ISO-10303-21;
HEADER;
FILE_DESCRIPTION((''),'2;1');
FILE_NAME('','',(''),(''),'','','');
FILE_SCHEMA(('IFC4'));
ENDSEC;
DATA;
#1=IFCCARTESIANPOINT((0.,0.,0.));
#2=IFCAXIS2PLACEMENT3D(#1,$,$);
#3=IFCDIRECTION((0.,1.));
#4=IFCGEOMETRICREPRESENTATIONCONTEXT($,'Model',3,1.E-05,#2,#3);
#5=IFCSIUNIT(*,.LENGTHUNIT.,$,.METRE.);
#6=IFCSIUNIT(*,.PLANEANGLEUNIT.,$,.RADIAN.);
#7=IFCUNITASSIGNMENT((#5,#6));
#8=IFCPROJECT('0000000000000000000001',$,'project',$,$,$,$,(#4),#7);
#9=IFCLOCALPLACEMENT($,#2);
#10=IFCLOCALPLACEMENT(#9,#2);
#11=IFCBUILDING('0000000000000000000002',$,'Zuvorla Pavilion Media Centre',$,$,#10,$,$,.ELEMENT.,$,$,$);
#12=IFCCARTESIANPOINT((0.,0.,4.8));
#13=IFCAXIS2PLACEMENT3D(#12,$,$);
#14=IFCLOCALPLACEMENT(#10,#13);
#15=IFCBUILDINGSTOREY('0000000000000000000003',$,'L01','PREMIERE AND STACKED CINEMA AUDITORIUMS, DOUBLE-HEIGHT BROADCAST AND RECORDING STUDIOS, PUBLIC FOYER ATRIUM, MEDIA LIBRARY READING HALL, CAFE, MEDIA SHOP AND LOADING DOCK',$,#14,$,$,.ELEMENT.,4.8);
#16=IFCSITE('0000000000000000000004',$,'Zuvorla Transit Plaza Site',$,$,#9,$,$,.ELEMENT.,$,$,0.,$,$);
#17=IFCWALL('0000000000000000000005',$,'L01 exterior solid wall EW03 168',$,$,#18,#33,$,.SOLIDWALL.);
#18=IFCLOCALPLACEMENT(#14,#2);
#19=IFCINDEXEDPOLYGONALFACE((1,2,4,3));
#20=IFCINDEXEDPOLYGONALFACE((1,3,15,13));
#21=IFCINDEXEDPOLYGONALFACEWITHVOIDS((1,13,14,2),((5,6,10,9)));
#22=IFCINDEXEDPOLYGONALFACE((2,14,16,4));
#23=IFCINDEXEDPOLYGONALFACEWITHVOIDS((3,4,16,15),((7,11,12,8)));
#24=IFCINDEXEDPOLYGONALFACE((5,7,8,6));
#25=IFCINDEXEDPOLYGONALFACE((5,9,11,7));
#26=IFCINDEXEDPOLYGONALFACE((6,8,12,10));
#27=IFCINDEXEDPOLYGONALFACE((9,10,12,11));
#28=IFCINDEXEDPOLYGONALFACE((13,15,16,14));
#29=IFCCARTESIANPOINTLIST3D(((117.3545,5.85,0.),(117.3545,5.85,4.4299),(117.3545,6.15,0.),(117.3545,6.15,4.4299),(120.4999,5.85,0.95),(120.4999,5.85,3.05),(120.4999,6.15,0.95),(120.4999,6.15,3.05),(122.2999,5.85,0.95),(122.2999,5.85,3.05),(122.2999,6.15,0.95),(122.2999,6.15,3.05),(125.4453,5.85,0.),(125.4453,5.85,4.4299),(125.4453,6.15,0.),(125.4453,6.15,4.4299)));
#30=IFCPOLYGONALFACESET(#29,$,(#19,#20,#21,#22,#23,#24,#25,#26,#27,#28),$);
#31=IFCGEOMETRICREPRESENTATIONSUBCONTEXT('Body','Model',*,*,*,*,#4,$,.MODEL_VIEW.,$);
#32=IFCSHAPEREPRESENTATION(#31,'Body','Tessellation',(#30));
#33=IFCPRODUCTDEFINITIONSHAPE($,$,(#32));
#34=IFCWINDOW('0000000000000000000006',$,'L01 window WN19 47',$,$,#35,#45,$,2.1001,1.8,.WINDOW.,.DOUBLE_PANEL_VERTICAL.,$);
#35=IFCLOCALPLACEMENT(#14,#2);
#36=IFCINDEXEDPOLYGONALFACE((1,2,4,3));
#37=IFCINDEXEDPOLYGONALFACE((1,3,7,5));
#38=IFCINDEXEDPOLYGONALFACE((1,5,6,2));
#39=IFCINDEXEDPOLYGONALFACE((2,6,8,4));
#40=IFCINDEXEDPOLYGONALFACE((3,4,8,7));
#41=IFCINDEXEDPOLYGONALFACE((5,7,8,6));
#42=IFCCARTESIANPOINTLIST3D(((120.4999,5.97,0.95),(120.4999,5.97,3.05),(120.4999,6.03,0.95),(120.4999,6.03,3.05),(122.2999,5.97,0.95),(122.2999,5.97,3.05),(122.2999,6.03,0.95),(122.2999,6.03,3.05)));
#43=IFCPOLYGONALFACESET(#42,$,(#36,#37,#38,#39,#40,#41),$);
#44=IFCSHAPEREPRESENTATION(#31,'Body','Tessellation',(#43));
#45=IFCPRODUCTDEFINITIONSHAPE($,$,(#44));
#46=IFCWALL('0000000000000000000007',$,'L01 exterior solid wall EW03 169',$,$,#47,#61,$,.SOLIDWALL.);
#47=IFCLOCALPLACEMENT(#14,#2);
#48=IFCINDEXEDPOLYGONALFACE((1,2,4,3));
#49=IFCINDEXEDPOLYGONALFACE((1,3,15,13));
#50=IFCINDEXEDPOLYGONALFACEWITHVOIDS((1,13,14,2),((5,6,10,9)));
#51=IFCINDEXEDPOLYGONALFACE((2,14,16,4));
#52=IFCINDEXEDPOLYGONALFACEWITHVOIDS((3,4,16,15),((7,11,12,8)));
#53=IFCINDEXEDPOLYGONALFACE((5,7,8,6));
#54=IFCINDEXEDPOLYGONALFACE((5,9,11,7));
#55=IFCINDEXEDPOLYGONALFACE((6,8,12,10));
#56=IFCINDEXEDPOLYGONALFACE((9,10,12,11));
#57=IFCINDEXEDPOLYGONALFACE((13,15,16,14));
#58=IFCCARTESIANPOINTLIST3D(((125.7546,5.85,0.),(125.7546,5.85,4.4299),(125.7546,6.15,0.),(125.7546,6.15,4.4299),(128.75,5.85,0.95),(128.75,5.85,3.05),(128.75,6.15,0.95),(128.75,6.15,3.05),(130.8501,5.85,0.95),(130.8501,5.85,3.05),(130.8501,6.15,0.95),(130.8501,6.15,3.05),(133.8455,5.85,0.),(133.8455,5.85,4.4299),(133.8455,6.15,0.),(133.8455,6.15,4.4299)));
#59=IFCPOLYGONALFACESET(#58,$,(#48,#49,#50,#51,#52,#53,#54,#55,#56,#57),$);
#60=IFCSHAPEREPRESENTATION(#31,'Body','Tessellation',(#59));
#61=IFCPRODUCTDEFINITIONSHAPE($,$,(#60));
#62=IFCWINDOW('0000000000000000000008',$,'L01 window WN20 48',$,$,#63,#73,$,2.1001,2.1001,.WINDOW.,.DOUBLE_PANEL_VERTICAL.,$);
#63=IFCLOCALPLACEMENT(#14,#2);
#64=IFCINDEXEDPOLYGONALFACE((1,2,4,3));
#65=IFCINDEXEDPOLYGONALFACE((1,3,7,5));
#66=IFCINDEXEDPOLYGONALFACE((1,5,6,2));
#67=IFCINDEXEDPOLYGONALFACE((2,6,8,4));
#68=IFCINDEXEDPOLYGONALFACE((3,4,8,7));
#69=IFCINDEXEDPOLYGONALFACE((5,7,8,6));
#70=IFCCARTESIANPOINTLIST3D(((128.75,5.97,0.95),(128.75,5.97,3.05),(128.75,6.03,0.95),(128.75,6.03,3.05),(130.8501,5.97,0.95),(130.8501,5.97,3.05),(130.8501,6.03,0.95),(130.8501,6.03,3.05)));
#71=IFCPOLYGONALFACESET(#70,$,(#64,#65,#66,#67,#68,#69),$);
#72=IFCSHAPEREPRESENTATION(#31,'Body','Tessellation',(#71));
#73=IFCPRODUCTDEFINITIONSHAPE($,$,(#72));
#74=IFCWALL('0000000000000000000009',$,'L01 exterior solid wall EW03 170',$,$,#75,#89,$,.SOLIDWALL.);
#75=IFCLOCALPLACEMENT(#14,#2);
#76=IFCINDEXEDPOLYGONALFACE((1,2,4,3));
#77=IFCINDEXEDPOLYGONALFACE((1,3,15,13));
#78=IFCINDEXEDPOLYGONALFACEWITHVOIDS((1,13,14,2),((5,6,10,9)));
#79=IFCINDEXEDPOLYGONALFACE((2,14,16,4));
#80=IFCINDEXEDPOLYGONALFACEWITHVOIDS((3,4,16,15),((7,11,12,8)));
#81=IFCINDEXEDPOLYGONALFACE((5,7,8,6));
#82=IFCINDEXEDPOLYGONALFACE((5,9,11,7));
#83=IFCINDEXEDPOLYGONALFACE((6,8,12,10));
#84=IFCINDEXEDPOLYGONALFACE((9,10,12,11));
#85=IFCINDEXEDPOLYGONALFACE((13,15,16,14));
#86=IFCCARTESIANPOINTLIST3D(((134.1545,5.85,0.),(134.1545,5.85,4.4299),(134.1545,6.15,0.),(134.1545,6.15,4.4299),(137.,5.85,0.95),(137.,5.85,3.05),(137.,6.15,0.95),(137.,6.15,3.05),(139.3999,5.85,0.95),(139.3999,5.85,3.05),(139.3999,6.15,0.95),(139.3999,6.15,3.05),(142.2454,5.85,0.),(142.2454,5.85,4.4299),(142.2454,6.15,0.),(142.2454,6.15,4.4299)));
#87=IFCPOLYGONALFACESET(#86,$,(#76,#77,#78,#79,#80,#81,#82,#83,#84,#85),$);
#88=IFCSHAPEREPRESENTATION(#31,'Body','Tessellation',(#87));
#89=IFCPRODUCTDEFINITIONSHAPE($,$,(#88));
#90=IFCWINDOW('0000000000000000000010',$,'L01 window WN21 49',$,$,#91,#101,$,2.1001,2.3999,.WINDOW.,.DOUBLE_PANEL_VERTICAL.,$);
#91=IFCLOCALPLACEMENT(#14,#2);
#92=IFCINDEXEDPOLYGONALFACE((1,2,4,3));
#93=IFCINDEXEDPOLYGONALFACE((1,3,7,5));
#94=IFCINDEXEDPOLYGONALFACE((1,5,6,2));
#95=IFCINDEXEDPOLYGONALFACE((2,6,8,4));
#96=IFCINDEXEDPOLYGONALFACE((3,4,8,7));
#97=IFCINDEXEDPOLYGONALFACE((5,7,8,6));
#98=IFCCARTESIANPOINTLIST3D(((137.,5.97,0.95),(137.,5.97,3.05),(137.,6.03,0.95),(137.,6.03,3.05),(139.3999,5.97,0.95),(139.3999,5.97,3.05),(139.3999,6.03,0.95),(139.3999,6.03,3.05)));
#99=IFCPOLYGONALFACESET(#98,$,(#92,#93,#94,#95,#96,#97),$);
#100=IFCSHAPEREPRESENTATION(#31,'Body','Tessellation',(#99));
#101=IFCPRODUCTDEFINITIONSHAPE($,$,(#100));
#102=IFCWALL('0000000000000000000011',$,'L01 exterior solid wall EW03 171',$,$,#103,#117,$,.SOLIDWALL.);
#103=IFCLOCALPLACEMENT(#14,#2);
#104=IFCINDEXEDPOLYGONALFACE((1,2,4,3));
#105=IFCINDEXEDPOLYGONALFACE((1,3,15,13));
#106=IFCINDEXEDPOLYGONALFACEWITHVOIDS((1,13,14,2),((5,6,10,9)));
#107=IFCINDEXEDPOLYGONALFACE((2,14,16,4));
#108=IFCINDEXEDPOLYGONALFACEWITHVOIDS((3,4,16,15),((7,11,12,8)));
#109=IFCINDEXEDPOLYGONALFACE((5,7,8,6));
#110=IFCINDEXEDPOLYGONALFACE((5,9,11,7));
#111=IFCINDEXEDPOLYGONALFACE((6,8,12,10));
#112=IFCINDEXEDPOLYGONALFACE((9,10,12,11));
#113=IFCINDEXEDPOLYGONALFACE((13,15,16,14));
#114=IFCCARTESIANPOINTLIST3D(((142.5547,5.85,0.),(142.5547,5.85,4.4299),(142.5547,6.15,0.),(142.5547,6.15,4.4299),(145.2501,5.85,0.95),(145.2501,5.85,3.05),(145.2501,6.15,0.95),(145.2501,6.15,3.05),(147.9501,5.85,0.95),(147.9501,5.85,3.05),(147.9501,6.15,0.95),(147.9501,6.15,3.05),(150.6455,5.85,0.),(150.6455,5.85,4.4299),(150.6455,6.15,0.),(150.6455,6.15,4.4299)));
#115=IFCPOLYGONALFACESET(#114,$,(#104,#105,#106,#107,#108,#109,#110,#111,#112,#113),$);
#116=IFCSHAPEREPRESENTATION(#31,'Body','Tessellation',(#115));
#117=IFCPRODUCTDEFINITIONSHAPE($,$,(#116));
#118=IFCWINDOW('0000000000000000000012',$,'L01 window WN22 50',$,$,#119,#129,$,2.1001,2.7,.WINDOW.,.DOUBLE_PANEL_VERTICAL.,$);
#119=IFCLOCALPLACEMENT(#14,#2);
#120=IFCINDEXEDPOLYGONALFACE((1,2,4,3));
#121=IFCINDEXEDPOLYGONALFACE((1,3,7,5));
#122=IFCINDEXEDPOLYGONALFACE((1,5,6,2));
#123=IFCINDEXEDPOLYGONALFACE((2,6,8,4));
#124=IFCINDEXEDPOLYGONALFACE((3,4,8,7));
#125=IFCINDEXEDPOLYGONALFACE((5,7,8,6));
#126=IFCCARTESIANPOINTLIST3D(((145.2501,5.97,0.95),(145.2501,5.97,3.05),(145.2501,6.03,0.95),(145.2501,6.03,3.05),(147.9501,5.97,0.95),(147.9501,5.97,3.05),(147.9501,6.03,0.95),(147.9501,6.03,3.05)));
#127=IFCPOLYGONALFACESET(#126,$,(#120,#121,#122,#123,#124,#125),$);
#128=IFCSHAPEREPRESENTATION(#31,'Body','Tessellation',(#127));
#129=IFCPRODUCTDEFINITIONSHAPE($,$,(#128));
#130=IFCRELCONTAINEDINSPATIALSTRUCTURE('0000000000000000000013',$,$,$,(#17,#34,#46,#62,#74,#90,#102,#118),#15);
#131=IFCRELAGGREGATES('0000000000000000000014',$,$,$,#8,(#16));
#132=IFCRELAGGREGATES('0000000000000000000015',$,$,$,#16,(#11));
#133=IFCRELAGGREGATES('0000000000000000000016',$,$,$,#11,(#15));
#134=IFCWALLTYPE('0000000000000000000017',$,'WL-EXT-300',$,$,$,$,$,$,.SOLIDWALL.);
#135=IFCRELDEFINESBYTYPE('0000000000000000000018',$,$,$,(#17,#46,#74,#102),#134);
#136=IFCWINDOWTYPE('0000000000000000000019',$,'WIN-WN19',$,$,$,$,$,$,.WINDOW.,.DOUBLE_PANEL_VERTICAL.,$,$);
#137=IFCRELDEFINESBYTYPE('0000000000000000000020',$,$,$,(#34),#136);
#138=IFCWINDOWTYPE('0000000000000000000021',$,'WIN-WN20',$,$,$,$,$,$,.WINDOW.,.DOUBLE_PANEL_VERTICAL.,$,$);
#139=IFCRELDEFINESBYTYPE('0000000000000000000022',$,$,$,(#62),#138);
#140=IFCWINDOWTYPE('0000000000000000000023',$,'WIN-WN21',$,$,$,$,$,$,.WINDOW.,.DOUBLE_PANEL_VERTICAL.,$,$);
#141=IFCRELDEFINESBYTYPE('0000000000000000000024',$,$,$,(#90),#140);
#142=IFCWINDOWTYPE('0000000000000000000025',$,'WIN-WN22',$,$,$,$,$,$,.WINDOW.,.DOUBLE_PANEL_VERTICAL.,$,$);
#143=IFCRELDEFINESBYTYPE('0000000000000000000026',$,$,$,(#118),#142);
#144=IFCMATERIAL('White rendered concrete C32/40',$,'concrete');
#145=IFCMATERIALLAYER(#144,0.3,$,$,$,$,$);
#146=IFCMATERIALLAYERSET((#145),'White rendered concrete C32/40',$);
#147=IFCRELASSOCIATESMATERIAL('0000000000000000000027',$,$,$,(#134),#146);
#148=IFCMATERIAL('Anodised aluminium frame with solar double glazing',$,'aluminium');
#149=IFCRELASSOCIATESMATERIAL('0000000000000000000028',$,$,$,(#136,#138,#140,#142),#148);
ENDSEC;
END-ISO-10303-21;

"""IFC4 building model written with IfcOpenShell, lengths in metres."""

from ifc_helpers import new_model, si_unit, direction, frame, frame_2d, origin, place, context, subcontext, project, spatial, rectangle, extrude, material, layer, layer_set, type_object, element, fill, save


model = new_model("IFC4")

# Units and contexts
model_context = context("Model", 3, precision=1e-05, world=origin(), true_north=direction((0.0, 1.0)))
body_context = subcontext(model_context, "Body", "Model", "MODEL_VIEW")
ifc_project = project(units=[si_unit("LENGTHUNIT", "METRE"), si_unit("PLANEANGLEUNIT", "RADIAN")], contexts=[model_context])

# Site, building, storey
site_placement = place(None, origin())
site = spatial("IfcSite", under=ifc_project, at=site_placement, Name="Zuvorla Transit Plaza Site", CompositionType="ELEMENT", RefElevation=0.0)
building_placement = place(site_placement, origin())
building = spatial("IfcBuilding", under=site, at=building_placement, Name="Zuvorla Pavilion Media Centre", CompositionType="ELEMENT")
storey_placement = place(building_placement, frame((0.0, 0.0, 4.8)))
storey = spatial("IfcBuildingStorey", under=building, at=storey_placement, Name="L01", Description="PREMIERE AND STACKED CINEMA AUDITORIUMS, DOUBLE-HEIGHT BROADCAST AND RECORDING STUDIOS, PUBLIC FOYER ATRIUM, MEDIA LIBRARY READING HALL, CAFE, MEDIA SHOP AND LOADING DOCK", CompositionType="ELEMENT", Elevation=4.8)

# Walls, openings, windows
ifc_material_1 = material(Name="White rendered concrete C32/40", Category="concrete")
ifc_layer = layer(ifc_material_1, 0.3)
ifc_layer_set = layer_set([ifc_layer], Name="White rendered concrete C32/40")
wall_type = type_object("IfcWallType", Name="WL-EXT-300", PredefinedType="SOLIDWALL", material=ifc_layer_set)
wall_1_placement = place(storey_placement, frame((117.3545, 6.0, 0.0), z_axis=(0.0, 0.0, 1.0), x_axis=(1.0, 0.0, 0.0)))
wall_1 = element("IfcWall", 1, at=wall_1_placement, inside=storey, type_object=wall_type, Name="L01 exterior solid wall EW03 168", PredefinedType="SOLIDWALL", context=body_context, shape_type="SweptSolid", body=[
    extrude(rectangle(XDim=8.0908, YDim=0.3, at=frame_2d((4.0454, 0.0))), origin(), (0.0, 0.0, 1.0), 4.4299),
])
opening_1_placement = place(wall_1_placement, frame((3.1455, 0.0, 0.95)))
opening_1 = element("IfcOpeningElement", 2, at=opening_1_placement, cuts=wall_1, PredefinedType="OPENING", context=body_context, shape_type="SweptSolid", body=[
    extrude(rectangle(XDim=1.8, YDim=2.1001, at=frame_2d((0.8999, 1.05))), frame((0.0, 0.1599, 0.0), z_axis=(0.0, -1.0, 0.0), x_axis=(1.0, 0.0, 0.0)), (0.0, 0.0, 1.0), 0.3201),
])
ifc_material_2 = material(Name="Anodised aluminium frame with solar double glazing", Category="aluminium")
window_type_1 = type_object("IfcWindowType", Name="WIN-WN19", PartitioningType="DOUBLE_PANEL_VERTICAL", PredefinedType="WINDOW", material=ifc_material_2)
window_1_placement = place(opening_1_placement, origin())
window_1 = element("IfcWindow", 3, at=window_1_placement, inside=storey, type_object=window_type_1, Name="L01 window WN19 47", OverallHeight=2.1001, OverallWidth=1.8, PartitioningType="DOUBLE_PANEL_VERTICAL", PredefinedType="WINDOW", context=body_context, shape_type="SweptSolid", body=[
    extrude(rectangle(XDim=1.8, YDim=2.1001, at=frame_2d((0.8999, 1.05))), frame((0.0, 0.03, 0.0), z_axis=(0.0, -1.0, 0.0), x_axis=(1.0, 0.0, 0.0)), (0.0, 0.0, 1.0), 0.0601),
])
fill(opening_1, window_1)
wall_2_placement = place(storey_placement, frame((125.7546, 6.0, 0.0), z_axis=(0.0, 0.0, 1.0), x_axis=(1.0, 0.0, 0.0)))
wall_2 = element("IfcWall", 4, at=wall_2_placement, inside=storey, type_object=wall_type, Name="L01 exterior solid wall EW03 169", PredefinedType="SOLIDWALL", context=body_context, shape_type="SweptSolid", body=[
    extrude(rectangle(XDim=8.0908, YDim=0.3, at=frame_2d((4.0454, 0.0))), origin(), (0.0, 0.0, 1.0), 4.4299),
])
opening_2_placement = place(wall_2_placement, frame((2.9954, 0.0, 0.95)))
opening_2 = element("IfcOpeningElement", 5, at=opening_2_placement, cuts=wall_2, PredefinedType="OPENING", context=body_context, shape_type="SweptSolid", body=[
    extrude(rectangle(XDim=2.1001, YDim=2.1001, at=frame_2d((1.05, 1.05))), frame((0.0, 0.1599, 0.0), z_axis=(0.0, -1.0, 0.0), x_axis=(1.0, 0.0, 0.0)), (0.0, 0.0, 1.0), 0.3201),
])
window_type_2 = type_object("IfcWindowType", Name="WIN-WN20", PartitioningType="DOUBLE_PANEL_VERTICAL", PredefinedType="WINDOW", material=ifc_material_2)
window_2_placement = place(opening_2_placement, origin())
window_2 = element("IfcWindow", 6, at=window_2_placement, inside=storey, type_object=window_type_2, Name="L01 window WN20 48", OverallHeight=2.1001, OverallWidth=2.1001, PartitioningType="DOUBLE_PANEL_VERTICAL", PredefinedType="WINDOW", context=body_context, shape_type="SweptSolid", body=[
    extrude(rectangle(XDim=2.1001, YDim=2.1001, at=frame_2d((1.05, 1.05))), frame((0.0, 0.03, 0.0), z_axis=(0.0, -1.0, 0.0), x_axis=(1.0, 0.0, 0.0)), (0.0, 0.0, 1.0), 0.0601),
])
fill(opening_2, window_2)
wall_3_placement = place(storey_placement, frame((134.1545, 6.0, 0.0), z_axis=(0.0, 0.0, 1.0), x_axis=(1.0, 0.0, 0.0)))
wall_3 = element("IfcWall", 7, at=wall_3_placement, inside=storey, type_object=wall_type, Name="L01 exterior solid wall EW03 170", PredefinedType="SOLIDWALL", context=body_context, shape_type="SweptSolid", body=[
    extrude(rectangle(XDim=8.0908, YDim=0.3, at=frame_2d((4.0454, 0.0))), origin(), (0.0, 0.0, 1.0), 4.4299),
])
opening_3_placement = place(wall_3_placement, frame((2.8455, 0.0, 0.95)))
opening_3 = element("IfcOpeningElement", 8, at=opening_3_placement, cuts=wall_3, PredefinedType="OPENING", context=body_context, shape_type="SweptSolid", body=[
    extrude(rectangle(XDim=2.3999, YDim=2.1001, at=frame_2d((1.2, 1.05))), frame((0.0, 0.1599, 0.0), z_axis=(0.0, -1.0, 0.0), x_axis=(1.0, 0.0, 0.0)), (0.0, 0.0, 1.0), 0.3201),
])
window_type_3 = type_object("IfcWindowType", Name="WIN-WN21", PartitioningType="DOUBLE_PANEL_VERTICAL", PredefinedType="WINDOW", material=ifc_material_2)
window_3_placement = place(opening_3_placement, origin())
window_3 = element("IfcWindow", 9, at=window_3_placement, inside=storey, type_object=window_type_3, Name="L01 window WN21 49", OverallHeight=2.1001, OverallWidth=2.3999, PartitioningType="DOUBLE_PANEL_VERTICAL", PredefinedType="WINDOW", context=body_context, shape_type="SweptSolid", body=[
    extrude(rectangle(XDim=2.3999, YDim=2.1001, at=frame_2d((1.2, 1.05))), frame((0.0, 0.03, 0.0), z_axis=(0.0, -1.0, 0.0), x_axis=(1.0, 0.0, 0.0)), (0.0, 0.0, 1.0), 0.0601),
])
fill(opening_3, window_3)
wall_4_placement = place(storey_placement, frame((142.5547, 6.0, 0.0), z_axis=(0.0, 0.0, 1.0), x_axis=(1.0, 0.0, 0.0)))
wall_4 = element("IfcWall", 10, at=wall_4_placement, inside=storey, type_object=wall_type, Name="L01 exterior solid wall EW03 171", PredefinedType="SOLIDWALL", context=body_context, shape_type="SweptSolid", body=[
    extrude(rectangle(XDim=8.0908, YDim=0.3, at=frame_2d((4.0454, 0.0))), origin(), (0.0, 0.0, 1.0), 4.4299),
])
opening_4_placement = place(wall_4_placement, frame((2.6953, 0.0, 0.95)))
opening_4 = element("IfcOpeningElement", 11, at=opening_4_placement, cuts=wall_4, PredefinedType="OPENING", context=body_context, shape_type="SweptSolid", body=[
    extrude(rectangle(XDim=2.7, YDim=2.1001, at=frame_2d((1.3501, 1.05))), frame((0.0, 0.1599, 0.0), z_axis=(0.0, -1.0, 0.0), x_axis=(1.0, 0.0, 0.0)), (0.0, 0.0, 1.0), 0.3201),
])
window_type_4 = type_object("IfcWindowType", Name="WIN-WN22", PartitioningType="DOUBLE_PANEL_VERTICAL", PredefinedType="WINDOW", material=ifc_material_2)
window_4_placement = place(opening_4_placement, origin())
window_4 = element("IfcWindow", 12, at=window_4_placement, inside=storey, type_object=window_type_4, Name="L01 window WN22 50", OverallHeight=2.1001, OverallWidth=2.7, PartitioningType="DOUBLE_PANEL_VERTICAL", PredefinedType="WINDOW", context=body_context, shape_type="SweptSolid", body=[
    extrude(rectangle(XDim=2.7, YDim=2.1001, at=frame_2d((1.3501, 1.05))), frame((0.0, 0.03, 0.0), z_axis=(0.0, -1.0, 0.0), x_axis=(1.0, 0.0, 0.0)), (0.0, 0.0, 1.0), 0.0601),
])
fill(opening_4, window_4)

save(model, "model.ifc")
